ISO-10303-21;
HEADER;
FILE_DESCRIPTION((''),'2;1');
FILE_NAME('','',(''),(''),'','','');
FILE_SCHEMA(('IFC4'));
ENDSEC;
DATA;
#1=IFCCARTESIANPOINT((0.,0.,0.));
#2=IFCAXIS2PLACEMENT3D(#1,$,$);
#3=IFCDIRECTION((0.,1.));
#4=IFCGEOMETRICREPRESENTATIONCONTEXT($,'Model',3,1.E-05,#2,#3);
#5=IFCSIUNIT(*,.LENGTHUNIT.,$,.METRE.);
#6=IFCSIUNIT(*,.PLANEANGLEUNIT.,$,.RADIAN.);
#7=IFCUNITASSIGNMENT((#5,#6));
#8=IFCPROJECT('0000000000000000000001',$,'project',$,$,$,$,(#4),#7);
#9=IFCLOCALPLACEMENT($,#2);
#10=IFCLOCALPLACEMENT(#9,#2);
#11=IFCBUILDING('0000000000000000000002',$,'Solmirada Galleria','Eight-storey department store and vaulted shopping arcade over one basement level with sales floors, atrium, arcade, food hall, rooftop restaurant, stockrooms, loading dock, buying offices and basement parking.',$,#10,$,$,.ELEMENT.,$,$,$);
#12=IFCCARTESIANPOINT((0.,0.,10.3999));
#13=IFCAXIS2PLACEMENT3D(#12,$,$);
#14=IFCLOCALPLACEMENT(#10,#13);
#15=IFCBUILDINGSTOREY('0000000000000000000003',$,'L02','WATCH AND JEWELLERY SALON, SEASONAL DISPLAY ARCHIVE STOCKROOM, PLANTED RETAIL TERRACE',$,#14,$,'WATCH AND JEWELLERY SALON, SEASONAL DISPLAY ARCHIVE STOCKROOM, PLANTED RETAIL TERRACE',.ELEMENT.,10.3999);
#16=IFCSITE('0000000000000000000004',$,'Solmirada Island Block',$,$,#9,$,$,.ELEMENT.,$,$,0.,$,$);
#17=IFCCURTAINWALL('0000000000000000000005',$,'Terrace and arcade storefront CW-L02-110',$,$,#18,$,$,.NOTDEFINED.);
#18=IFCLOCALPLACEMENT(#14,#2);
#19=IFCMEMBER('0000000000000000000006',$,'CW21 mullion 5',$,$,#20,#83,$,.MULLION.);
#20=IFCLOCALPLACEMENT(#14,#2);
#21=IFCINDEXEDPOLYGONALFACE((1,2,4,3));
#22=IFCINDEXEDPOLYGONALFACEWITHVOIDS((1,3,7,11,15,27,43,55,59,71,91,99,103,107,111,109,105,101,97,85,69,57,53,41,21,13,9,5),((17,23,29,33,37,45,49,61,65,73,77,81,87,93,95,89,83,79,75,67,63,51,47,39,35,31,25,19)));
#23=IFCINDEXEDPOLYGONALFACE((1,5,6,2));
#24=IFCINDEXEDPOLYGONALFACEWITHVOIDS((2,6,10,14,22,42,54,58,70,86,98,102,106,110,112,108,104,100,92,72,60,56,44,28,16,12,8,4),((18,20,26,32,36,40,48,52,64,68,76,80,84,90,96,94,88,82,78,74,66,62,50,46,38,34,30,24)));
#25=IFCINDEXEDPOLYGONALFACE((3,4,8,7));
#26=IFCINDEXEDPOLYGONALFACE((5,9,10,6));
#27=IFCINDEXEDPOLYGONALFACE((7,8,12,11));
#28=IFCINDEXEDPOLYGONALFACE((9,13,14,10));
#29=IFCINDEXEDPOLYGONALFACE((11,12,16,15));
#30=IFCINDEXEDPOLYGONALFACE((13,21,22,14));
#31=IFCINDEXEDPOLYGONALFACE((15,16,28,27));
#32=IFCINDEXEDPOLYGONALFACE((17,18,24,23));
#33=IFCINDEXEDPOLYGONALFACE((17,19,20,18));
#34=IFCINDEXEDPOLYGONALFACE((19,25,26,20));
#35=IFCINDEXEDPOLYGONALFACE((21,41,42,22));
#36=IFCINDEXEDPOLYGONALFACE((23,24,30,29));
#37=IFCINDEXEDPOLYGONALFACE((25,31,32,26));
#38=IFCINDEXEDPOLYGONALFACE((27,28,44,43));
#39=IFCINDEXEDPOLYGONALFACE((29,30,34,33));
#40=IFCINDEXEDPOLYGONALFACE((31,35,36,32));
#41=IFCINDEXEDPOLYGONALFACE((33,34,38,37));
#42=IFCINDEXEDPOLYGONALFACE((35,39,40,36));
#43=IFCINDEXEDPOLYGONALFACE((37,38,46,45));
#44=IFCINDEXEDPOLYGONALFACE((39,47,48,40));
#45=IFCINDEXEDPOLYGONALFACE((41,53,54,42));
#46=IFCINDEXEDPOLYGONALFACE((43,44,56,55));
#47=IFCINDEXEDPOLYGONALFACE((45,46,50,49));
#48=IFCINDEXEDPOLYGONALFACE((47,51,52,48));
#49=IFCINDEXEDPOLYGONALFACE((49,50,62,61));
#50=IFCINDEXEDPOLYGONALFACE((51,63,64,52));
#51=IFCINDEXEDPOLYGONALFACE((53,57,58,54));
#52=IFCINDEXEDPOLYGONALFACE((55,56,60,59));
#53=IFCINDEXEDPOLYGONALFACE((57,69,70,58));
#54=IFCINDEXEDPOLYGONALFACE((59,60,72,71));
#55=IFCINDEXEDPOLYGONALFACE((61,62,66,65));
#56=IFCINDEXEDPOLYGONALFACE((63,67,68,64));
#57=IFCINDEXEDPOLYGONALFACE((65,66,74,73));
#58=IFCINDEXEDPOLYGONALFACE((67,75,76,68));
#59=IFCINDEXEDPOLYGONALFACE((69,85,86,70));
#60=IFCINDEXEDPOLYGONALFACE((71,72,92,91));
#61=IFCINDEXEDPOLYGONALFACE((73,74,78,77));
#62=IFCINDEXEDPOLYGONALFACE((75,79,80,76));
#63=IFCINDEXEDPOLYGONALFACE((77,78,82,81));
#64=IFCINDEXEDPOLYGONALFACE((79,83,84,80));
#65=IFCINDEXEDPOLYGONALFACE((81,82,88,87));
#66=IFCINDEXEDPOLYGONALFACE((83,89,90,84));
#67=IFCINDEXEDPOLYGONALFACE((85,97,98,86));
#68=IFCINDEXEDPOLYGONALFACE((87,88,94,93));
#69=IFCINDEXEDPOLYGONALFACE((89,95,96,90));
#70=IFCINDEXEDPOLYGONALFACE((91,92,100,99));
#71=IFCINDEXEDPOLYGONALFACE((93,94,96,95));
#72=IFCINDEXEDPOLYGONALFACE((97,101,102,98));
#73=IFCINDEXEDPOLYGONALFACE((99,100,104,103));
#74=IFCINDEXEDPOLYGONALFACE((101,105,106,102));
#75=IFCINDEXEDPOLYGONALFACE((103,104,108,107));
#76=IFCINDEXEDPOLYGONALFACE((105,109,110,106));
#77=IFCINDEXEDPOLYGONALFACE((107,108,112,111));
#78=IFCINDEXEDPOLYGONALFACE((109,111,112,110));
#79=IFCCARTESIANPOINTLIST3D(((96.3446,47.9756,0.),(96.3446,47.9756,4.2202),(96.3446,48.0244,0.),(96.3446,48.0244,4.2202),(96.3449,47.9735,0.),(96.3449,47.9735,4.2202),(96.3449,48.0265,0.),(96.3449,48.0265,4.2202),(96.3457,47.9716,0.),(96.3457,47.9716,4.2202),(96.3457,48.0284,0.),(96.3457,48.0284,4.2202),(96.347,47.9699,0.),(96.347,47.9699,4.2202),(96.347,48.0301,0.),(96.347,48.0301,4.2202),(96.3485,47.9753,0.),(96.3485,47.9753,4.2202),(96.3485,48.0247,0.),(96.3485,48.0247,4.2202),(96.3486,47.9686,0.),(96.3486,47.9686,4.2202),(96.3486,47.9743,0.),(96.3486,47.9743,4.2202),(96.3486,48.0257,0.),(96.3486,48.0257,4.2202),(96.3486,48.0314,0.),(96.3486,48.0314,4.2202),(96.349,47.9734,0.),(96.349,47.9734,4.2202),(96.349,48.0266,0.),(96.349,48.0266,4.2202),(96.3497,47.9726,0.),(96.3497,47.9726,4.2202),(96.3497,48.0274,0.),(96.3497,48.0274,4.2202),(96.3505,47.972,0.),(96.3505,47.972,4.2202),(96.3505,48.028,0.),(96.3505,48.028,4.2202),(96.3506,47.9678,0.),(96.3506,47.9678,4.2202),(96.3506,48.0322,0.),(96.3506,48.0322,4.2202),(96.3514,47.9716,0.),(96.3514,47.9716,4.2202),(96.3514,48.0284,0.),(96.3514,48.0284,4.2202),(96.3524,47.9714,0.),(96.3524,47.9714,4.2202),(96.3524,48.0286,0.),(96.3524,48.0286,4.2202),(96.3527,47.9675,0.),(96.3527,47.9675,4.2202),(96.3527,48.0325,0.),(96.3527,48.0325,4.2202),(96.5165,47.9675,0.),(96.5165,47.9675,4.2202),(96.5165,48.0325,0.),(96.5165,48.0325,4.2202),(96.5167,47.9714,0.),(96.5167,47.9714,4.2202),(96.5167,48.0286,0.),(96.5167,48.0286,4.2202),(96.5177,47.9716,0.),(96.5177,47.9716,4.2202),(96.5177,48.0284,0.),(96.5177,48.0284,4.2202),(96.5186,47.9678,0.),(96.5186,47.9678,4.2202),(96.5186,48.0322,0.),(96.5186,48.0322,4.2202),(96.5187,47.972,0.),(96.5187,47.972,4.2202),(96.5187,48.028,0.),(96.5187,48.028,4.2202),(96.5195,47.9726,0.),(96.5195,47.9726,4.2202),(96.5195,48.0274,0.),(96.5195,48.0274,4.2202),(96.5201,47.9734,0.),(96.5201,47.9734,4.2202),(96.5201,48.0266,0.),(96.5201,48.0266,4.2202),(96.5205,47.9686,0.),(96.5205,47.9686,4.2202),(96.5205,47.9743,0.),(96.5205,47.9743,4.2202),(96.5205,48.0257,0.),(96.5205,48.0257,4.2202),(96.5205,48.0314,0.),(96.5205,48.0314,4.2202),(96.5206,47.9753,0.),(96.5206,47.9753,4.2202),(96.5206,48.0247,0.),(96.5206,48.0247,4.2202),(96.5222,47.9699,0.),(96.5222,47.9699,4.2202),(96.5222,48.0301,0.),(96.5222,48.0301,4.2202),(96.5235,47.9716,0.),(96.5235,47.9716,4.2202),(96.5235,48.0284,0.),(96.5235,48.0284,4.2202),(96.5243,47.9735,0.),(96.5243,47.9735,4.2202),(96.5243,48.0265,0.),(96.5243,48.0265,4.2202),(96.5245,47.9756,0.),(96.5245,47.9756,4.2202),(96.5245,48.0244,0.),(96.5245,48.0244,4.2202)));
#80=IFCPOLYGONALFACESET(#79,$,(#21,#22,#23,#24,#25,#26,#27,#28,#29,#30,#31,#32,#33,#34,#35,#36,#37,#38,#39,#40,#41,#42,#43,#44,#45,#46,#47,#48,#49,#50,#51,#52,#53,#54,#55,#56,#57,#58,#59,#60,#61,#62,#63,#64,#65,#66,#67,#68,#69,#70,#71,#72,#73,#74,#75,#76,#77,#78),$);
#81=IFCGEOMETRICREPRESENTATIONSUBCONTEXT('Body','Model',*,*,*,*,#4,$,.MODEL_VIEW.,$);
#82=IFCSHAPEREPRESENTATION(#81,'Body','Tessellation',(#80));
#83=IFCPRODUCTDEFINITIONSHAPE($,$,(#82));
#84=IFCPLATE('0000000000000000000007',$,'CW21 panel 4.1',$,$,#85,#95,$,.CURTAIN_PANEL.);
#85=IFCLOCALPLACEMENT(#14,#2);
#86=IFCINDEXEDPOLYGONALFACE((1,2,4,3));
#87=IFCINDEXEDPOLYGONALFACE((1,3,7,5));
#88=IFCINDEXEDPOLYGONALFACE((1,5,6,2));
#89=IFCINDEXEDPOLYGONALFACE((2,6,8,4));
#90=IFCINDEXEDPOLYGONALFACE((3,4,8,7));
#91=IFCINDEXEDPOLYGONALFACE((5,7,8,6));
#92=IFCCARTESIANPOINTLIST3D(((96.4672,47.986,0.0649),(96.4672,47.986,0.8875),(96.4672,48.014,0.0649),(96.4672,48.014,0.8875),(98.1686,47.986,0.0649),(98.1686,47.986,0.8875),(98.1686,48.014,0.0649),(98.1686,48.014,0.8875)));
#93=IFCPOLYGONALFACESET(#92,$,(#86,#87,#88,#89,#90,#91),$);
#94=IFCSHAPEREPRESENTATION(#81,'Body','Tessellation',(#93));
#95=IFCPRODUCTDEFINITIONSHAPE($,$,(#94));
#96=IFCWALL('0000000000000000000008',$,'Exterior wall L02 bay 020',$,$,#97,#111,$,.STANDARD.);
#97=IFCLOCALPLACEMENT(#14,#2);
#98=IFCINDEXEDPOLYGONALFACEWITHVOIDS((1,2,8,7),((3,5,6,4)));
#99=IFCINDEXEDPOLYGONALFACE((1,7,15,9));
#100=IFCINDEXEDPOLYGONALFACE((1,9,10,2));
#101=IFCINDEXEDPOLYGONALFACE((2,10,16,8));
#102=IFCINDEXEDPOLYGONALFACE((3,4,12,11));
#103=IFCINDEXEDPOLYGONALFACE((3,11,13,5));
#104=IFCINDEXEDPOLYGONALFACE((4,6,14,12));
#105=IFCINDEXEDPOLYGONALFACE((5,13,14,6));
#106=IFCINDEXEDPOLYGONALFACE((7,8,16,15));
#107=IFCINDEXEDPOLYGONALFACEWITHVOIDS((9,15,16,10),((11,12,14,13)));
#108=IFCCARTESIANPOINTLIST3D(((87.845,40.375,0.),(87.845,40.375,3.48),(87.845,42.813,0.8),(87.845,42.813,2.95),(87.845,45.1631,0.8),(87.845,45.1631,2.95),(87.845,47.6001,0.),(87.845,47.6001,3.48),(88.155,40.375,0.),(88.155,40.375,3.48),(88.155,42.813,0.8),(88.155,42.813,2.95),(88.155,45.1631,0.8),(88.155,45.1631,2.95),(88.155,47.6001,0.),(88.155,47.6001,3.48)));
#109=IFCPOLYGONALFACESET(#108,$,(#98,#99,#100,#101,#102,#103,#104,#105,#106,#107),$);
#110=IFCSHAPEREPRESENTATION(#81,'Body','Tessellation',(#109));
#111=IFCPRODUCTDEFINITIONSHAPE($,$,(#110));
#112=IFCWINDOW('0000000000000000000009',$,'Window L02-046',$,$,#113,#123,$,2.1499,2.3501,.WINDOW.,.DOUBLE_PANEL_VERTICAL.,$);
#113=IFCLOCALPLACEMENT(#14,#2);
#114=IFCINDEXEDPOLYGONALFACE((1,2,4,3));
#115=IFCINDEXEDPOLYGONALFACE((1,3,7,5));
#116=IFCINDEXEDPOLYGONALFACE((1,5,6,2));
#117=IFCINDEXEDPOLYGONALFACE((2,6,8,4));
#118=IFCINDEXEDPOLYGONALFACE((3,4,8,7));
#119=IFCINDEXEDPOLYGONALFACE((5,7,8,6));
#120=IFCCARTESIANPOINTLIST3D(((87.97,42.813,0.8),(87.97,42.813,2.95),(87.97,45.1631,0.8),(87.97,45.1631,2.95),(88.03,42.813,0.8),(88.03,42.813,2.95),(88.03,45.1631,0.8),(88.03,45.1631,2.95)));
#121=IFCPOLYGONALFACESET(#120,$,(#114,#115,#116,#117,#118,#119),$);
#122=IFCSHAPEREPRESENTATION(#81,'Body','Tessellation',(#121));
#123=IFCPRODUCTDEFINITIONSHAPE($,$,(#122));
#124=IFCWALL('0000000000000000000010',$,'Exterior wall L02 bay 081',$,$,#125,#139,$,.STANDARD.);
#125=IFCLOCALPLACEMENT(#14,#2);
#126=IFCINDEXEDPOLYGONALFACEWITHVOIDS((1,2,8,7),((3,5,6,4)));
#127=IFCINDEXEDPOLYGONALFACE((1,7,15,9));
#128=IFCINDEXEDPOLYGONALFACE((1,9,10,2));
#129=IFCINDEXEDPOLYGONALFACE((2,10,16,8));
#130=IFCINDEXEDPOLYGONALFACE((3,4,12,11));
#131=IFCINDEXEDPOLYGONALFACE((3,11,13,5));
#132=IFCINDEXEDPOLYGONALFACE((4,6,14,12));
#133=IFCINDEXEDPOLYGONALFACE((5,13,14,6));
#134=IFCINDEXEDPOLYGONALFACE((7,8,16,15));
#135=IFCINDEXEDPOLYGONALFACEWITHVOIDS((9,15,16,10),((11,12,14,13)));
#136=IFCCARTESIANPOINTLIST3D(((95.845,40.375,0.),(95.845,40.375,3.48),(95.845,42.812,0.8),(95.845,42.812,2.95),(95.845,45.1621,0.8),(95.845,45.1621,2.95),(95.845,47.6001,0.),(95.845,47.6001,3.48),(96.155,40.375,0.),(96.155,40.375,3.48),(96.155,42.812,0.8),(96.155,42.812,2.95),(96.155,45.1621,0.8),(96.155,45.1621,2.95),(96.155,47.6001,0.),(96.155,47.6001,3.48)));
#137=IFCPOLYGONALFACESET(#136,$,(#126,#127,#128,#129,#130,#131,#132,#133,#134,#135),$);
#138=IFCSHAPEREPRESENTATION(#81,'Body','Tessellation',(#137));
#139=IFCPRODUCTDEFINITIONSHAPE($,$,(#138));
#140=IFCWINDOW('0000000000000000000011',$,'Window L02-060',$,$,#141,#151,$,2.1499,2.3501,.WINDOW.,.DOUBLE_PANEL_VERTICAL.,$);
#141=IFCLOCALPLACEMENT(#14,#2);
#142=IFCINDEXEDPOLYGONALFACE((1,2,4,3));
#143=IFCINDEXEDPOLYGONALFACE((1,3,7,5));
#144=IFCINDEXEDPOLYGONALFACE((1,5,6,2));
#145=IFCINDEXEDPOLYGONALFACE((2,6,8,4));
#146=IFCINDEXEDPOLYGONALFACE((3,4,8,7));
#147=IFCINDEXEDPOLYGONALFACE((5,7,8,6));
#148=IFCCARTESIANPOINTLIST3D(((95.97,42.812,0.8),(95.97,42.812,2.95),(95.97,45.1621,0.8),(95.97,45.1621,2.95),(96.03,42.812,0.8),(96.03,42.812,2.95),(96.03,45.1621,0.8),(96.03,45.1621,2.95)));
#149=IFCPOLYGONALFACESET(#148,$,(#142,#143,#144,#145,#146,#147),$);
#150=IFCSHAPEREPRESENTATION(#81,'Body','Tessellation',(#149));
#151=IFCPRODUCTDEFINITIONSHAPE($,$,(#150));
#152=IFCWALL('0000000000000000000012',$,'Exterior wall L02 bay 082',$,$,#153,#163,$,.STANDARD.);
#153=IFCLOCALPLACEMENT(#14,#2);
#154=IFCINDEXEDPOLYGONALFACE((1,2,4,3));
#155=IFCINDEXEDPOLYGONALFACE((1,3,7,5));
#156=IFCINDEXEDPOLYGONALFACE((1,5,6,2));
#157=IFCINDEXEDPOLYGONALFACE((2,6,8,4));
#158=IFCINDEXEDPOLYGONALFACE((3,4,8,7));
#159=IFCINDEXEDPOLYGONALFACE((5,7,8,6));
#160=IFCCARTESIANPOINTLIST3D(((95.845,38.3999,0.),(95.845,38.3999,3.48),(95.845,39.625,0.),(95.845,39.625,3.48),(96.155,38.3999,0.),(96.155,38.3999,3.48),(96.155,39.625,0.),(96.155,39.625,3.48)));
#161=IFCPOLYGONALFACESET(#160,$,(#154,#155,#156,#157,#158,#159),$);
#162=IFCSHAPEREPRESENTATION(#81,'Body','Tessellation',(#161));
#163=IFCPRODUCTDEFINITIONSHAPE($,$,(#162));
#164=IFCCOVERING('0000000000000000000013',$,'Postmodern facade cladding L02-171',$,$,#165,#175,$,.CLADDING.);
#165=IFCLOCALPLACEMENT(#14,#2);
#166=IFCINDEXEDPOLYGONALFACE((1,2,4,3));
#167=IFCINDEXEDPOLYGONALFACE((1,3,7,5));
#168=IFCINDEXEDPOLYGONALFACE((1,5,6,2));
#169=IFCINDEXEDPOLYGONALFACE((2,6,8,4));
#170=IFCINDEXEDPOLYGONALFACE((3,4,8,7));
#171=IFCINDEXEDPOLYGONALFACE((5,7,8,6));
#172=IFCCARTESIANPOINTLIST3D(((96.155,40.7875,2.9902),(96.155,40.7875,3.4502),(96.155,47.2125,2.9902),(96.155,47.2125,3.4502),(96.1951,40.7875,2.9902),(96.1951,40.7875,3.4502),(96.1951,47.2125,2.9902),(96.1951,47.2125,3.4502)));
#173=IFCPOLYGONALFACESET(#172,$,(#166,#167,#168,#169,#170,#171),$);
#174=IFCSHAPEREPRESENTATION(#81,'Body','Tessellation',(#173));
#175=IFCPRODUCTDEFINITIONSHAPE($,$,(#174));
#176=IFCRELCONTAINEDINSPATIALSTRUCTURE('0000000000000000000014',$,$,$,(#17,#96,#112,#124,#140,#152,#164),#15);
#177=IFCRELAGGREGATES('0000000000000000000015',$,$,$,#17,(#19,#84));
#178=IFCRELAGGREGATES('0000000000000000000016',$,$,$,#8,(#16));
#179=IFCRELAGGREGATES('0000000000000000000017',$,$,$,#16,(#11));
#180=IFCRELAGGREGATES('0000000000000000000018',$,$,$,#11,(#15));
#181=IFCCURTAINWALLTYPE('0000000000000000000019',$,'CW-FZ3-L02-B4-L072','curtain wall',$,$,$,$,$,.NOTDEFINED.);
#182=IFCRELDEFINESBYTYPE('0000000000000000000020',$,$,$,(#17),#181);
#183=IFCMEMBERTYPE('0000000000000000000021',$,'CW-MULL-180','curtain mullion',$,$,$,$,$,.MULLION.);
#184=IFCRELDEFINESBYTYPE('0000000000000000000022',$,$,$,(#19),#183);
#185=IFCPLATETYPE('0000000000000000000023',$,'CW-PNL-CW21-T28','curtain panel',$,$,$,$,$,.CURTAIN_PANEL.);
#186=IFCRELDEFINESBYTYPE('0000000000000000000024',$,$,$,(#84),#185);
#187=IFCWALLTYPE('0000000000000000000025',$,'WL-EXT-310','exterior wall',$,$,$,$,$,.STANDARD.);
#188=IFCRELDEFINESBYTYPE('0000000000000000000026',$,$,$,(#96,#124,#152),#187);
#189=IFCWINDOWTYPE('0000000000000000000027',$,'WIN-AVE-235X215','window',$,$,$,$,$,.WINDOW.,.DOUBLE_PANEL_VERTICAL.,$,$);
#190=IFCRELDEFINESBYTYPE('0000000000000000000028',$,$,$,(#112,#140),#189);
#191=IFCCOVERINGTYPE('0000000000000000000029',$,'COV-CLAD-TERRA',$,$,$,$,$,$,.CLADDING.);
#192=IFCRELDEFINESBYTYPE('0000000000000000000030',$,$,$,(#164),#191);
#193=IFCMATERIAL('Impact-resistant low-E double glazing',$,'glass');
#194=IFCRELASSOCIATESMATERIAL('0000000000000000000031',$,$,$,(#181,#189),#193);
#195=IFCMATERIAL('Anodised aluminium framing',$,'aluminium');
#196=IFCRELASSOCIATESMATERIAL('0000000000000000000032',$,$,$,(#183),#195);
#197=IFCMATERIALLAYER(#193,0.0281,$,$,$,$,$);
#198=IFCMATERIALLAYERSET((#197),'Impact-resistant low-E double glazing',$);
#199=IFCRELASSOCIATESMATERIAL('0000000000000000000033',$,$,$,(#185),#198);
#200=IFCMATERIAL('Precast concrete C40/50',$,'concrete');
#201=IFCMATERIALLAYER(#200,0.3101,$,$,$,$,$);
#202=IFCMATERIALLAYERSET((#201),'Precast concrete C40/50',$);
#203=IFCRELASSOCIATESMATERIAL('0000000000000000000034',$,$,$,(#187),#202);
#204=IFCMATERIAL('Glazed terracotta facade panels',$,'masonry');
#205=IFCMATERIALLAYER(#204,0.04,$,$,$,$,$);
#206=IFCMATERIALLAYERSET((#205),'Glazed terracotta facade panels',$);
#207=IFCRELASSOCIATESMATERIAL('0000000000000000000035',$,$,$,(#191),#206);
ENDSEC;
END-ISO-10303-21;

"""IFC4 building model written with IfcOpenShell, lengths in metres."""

from ifc_helpers import new_model, si_unit, direction, frame, frame_2d, origin, origin_2d, place, context, subcontext, project, spatial, rectangle, hollow_rectangle, extrude, material, layer, layer_set, material_profile, profile_set, type_object, element, fill, aggregate, save


model = new_model("IFC4")

# Units and contexts
model_context = context("Model", 3, precision=1e-05, world=origin(), true_north=direction((0.0, 1.0)))
body_context = subcontext(model_context, "Body", "Model", "MODEL_VIEW")
ifc_project = project(units=[si_unit("LENGTHUNIT", "METRE"), si_unit("PLANEANGLEUNIT", "RADIAN")], contexts=[model_context])

# Site, building, storey
site_placement = place(None, origin())
site = spatial("IfcSite", under=ifc_project, at=site_placement, Name="Solmirada Island Block", CompositionType="ELEMENT", RefElevation=0.0)
building_placement = place(site_placement, origin())
building = spatial("IfcBuilding", under=site, at=building_placement, Name="Solmirada Galleria", Description="Eight-storey department store and vaulted shopping arcade over one basement level with sales floors, atrium, arcade, food hall, rooftop restaurant, stockrooms, loading dock, buying offices and basement parking.", CompositionType="ELEMENT")
storey_placement = place(building_placement, frame((0.0, 0.0, 10.3999)))
storey = spatial("IfcBuildingStorey", under=building, at=storey_placement, Name="L02", Description="WATCH AND JEWELLERY SALON, SEASONAL DISPLAY ARCHIVE STOCKROOM, PLANTED RETAIL TERRACE", LongName="WATCH AND JEWELLERY SALON, SEASONAL DISPLAY ARCHIVE STOCKROOM, PLANTED RETAIL TERRACE", CompositionType="ELEMENT", Elevation=10.3999)

# Curtain wall, member, plate
ifc_material_1 = material(Name="Impact-resistant low-E double glazing", Category="glass")
curtain_wall_type = type_object("IfcCurtainWallType", Name="CW-FZ3-L02-B4-L072", Description="curtain wall", PredefinedType="NOTDEFINED", material=ifc_material_1)
curtain_wall_placement = place(storey_placement, origin())
curtain_wall = element("IfcCurtainWall", 1, at=curtain_wall_placement, inside=storey, type_object=curtain_wall_type, Name="Terrace and arcade storefront CW-L02-110", PredefinedType="NOTDEFINED")
ifc_material_2 = material(Name="Anodised aluminium framing", Category="aluminium")
ifc_material_profile_1 = material_profile(ifc_material_2, hollow_rectangle(XDim=0.0649, YDim=0.1799, WallThickness=0.0039, InnerFilletRadius=0.0039, OuterFilletRadius=0.0081, at=origin_2d()), Name="ALU-MULL-180X65")
ifc_profile_set_1 = profile_set([ifc_material_profile_1], Name="Anodised aluminium framing")
member_type = type_object("IfcMemberType", Name="CW-MULL-180", Description="curtain mullion", PredefinedType="MULLION", material=ifc_profile_set_1)
member_placement = place(storey_placement, frame((96.4346, 48.0, 0.0), z_axis=(0.0, 0.0, 1.0), x_axis=(0.0, -1.0, 0.0)))
member = element("IfcMember", 2, at=member_placement, type_object=member_type, Name="CW21 mullion 5", PredefinedType="MULLION", context=body_context, shape_type="SweptSolid", body=[
    extrude(hollow_rectangle(XDim=0.0649, YDim=0.1799, WallThickness=0.0039, InnerFilletRadius=0.0039, OuterFilletRadius=0.0081, at=origin_2d()), origin(), (0.0, 0.0, 1.0), 4.2202),
])
ifc_layer_1 = layer(ifc_material_1, 0.0281)
ifc_layer_set_1 = layer_set([ifc_layer_1], Name="Impact-resistant low-E double glazing")
plate_type = type_object("IfcPlateType", Name="CW-PNL-CW21-T28", Description="curtain panel", PredefinedType="CURTAIN_PANEL", material=ifc_layer_set_1)
plate_placement = place(storey_placement, frame((97.3179, 48.0, 0.0649), z_axis=(0.0, 0.0, 1.0), x_axis=(-1.0, 0.0, 0.0)))
plate = element("IfcPlate", 3, at=plate_placement, type_object=plate_type, Name="CW21 panel 4.1", PredefinedType="CURTAIN_PANEL", context=body_context, shape_type="SweptSolid", body=[
    extrude(rectangle(XDim=1.7014, YDim=0.0281, at=origin_2d()), origin(), (0.0, 0.0, 1.0), 0.8225),
])
aggregate(curtain_wall, [member, plate])

# Walls, openings, windows
ifc_material_3 = material(Name="Precast concrete C40/50", Category="concrete")
ifc_layer_2 = layer(ifc_material_3, 0.3101)
ifc_layer_set_2 = layer_set([ifc_layer_2], Name="Precast concrete C40/50")
wall_type = type_object("IfcWallType", Name="WL-EXT-310", Description="exterior wall", PredefinedType="STANDARD", material=ifc_layer_set_2)
wall_1_placement = place(storey_placement, frame((88.0, 40.375, 0.0), z_axis=(0.0, 0.0, 1.0), x_axis=(0.0, 1.0, 0.0)))
wall_1 = element("IfcWall", 4, at=wall_1_placement, inside=storey, type_object=wall_type, Name="Exterior wall L02 bay 020", PredefinedType="STANDARD", context=body_context, shape_type="SweptSolid", body=[
    extrude(rectangle(XDim=7.2251, YDim=0.3101, at=frame_2d((3.6125, 0.0))), origin(), (0.0, 0.0, 1.0), 3.48),
])
opening_1_placement = place(wall_1_placement, frame((2.438, 0.0, 0.8)))
opening_1 = element("IfcOpeningElement", 5, at=opening_1_placement, cuts=wall_1, PredefinedType="OPENING", context=body_context, shape_type="SweptSolid", body=[
    extrude(rectangle(XDim=2.3501, YDim=2.1499, at=frame_2d((1.175, 1.075))), frame((0.0, 0.165, 0.0), z_axis=(0.0, -1.0, 0.0), x_axis=(1.0, 0.0, 0.0)), (0.0, 0.0, 1.0), 0.3301),
])
window_type = type_object("IfcWindowType", Name="WIN-AVE-235X215", Description="window", PartitioningType="DOUBLE_PANEL_VERTICAL", PredefinedType="WINDOW", material=ifc_material_1)
window_1_placement = place(opening_1_placement, origin())
window_1 = element("IfcWindow", 6, at=window_1_placement, inside=storey, type_object=window_type, Name="Window L02-046", OverallHeight=2.1499, OverallWidth=2.3501, PartitioningType="DOUBLE_PANEL_VERTICAL", PredefinedType="WINDOW", context=body_context, shape_type="SweptSolid", body=[
    extrude(rectangle(XDim=2.3501, YDim=2.1499, at=frame_2d((1.175, 1.075))), frame((0.0, 0.03, 0.0), z_axis=(0.0, -1.0, 0.0), x_axis=(1.0, 0.0, 0.0)), (0.0, 0.0, 1.0), 0.0601),
])
fill(opening_1, window_1)
wall_2_placement = place(storey_placement, frame((96.0, 47.6001, 0.0), z_axis=(0.0, 0.0, 1.0), x_axis=(0.0, -1.0, 0.0)))
wall_2 = element("IfcWall", 7, at=wall_2_placement, inside=storey, type_object=wall_type, Name="Exterior wall L02 bay 081", PredefinedType="STANDARD", context=body_context, shape_type="SweptSolid", body=[
    extrude(rectangle(XDim=7.2251, YDim=0.3101, at=frame_2d((3.6125, 0.0))), origin(), (0.0, 0.0, 1.0), 3.48),
])
opening_2_placement = place(wall_2_placement, frame((2.438, 0.0, 0.8)))
opening_2 = element("IfcOpeningElement", 8, at=opening_2_placement, cuts=wall_2, PredefinedType="OPENING", context=body_context, shape_type="SweptSolid", body=[
    extrude(rectangle(XDim=2.3501, YDim=2.1499, at=frame_2d((1.175, 1.075))), frame((0.0, 0.165, 0.0), z_axis=(0.0, -1.0, 0.0), x_axis=(1.0, 0.0, 0.0)), (0.0, 0.0, 1.0), 0.3301),
])
window_2_placement = place(opening_2_placement, origin())
window_2 = element("IfcWindow", 9, at=window_2_placement, inside=storey, type_object=window_type, Name="Window L02-060", OverallHeight=2.1499, OverallWidth=2.3501, PartitioningType="DOUBLE_PANEL_VERTICAL", PredefinedType="WINDOW", context=body_context, shape_type="SweptSolid", body=[
    extrude(rectangle(XDim=2.3501, YDim=2.1499, at=frame_2d((1.175, 1.075))), frame((0.0, 0.03, 0.0), z_axis=(0.0, -1.0, 0.0), x_axis=(1.0, 0.0, 0.0)), (0.0, 0.0, 1.0), 0.0601),
])
fill(opening_2, window_2)

# Wall
wall_3_placement = place(storey_placement, frame((96.0, 39.625, 0.0), z_axis=(0.0, 0.0, 1.0), x_axis=(0.0, -1.0, 0.0)))
element("IfcWall", 10, at=wall_3_placement, inside=storey, type_object=wall_type, Name="Exterior wall L02 bay 082", PredefinedType="STANDARD", context=body_context, shape_type="SweptSolid", body=[
    extrude(rectangle(XDim=1.2251, YDim=0.3101, at=frame_2d((0.6125, 0.0))), origin(), (0.0, 0.0, 1.0), 3.48),
])

# Covering
ifc_material_4 = material(Name="Glazed terracotta facade panels", Category="masonry")
ifc_layer_3 = layer(ifc_material_4, 0.04)
ifc_layer_set_3 = layer_set([ifc_layer_3], Name="Glazed terracotta facade panels")
covering_type = type_object("IfcCoveringType", Name="COV-CLAD-TERRA", PredefinedType="CLADDING", material=ifc_layer_set_3)
covering_placement = place(storey_placement, frame((96.175, 44.0, 2.9902), z_axis=(0.0, 0.0, 1.0), x_axis=(0.0, -1.0, 0.0)))
element("IfcCovering", 11, at=covering_placement, inside=storey, type_object=covering_type, Name="Postmodern facade cladding L02-171", PredefinedType="CLADDING", context=body_context, shape_type="SweptSolid", body=[
    extrude(rectangle(XDim=6.425, YDim=0.04, at=origin_2d()), origin(), (0.0, 0.0, 1.0), 0.46),
])

save(model, "model.ifc")
